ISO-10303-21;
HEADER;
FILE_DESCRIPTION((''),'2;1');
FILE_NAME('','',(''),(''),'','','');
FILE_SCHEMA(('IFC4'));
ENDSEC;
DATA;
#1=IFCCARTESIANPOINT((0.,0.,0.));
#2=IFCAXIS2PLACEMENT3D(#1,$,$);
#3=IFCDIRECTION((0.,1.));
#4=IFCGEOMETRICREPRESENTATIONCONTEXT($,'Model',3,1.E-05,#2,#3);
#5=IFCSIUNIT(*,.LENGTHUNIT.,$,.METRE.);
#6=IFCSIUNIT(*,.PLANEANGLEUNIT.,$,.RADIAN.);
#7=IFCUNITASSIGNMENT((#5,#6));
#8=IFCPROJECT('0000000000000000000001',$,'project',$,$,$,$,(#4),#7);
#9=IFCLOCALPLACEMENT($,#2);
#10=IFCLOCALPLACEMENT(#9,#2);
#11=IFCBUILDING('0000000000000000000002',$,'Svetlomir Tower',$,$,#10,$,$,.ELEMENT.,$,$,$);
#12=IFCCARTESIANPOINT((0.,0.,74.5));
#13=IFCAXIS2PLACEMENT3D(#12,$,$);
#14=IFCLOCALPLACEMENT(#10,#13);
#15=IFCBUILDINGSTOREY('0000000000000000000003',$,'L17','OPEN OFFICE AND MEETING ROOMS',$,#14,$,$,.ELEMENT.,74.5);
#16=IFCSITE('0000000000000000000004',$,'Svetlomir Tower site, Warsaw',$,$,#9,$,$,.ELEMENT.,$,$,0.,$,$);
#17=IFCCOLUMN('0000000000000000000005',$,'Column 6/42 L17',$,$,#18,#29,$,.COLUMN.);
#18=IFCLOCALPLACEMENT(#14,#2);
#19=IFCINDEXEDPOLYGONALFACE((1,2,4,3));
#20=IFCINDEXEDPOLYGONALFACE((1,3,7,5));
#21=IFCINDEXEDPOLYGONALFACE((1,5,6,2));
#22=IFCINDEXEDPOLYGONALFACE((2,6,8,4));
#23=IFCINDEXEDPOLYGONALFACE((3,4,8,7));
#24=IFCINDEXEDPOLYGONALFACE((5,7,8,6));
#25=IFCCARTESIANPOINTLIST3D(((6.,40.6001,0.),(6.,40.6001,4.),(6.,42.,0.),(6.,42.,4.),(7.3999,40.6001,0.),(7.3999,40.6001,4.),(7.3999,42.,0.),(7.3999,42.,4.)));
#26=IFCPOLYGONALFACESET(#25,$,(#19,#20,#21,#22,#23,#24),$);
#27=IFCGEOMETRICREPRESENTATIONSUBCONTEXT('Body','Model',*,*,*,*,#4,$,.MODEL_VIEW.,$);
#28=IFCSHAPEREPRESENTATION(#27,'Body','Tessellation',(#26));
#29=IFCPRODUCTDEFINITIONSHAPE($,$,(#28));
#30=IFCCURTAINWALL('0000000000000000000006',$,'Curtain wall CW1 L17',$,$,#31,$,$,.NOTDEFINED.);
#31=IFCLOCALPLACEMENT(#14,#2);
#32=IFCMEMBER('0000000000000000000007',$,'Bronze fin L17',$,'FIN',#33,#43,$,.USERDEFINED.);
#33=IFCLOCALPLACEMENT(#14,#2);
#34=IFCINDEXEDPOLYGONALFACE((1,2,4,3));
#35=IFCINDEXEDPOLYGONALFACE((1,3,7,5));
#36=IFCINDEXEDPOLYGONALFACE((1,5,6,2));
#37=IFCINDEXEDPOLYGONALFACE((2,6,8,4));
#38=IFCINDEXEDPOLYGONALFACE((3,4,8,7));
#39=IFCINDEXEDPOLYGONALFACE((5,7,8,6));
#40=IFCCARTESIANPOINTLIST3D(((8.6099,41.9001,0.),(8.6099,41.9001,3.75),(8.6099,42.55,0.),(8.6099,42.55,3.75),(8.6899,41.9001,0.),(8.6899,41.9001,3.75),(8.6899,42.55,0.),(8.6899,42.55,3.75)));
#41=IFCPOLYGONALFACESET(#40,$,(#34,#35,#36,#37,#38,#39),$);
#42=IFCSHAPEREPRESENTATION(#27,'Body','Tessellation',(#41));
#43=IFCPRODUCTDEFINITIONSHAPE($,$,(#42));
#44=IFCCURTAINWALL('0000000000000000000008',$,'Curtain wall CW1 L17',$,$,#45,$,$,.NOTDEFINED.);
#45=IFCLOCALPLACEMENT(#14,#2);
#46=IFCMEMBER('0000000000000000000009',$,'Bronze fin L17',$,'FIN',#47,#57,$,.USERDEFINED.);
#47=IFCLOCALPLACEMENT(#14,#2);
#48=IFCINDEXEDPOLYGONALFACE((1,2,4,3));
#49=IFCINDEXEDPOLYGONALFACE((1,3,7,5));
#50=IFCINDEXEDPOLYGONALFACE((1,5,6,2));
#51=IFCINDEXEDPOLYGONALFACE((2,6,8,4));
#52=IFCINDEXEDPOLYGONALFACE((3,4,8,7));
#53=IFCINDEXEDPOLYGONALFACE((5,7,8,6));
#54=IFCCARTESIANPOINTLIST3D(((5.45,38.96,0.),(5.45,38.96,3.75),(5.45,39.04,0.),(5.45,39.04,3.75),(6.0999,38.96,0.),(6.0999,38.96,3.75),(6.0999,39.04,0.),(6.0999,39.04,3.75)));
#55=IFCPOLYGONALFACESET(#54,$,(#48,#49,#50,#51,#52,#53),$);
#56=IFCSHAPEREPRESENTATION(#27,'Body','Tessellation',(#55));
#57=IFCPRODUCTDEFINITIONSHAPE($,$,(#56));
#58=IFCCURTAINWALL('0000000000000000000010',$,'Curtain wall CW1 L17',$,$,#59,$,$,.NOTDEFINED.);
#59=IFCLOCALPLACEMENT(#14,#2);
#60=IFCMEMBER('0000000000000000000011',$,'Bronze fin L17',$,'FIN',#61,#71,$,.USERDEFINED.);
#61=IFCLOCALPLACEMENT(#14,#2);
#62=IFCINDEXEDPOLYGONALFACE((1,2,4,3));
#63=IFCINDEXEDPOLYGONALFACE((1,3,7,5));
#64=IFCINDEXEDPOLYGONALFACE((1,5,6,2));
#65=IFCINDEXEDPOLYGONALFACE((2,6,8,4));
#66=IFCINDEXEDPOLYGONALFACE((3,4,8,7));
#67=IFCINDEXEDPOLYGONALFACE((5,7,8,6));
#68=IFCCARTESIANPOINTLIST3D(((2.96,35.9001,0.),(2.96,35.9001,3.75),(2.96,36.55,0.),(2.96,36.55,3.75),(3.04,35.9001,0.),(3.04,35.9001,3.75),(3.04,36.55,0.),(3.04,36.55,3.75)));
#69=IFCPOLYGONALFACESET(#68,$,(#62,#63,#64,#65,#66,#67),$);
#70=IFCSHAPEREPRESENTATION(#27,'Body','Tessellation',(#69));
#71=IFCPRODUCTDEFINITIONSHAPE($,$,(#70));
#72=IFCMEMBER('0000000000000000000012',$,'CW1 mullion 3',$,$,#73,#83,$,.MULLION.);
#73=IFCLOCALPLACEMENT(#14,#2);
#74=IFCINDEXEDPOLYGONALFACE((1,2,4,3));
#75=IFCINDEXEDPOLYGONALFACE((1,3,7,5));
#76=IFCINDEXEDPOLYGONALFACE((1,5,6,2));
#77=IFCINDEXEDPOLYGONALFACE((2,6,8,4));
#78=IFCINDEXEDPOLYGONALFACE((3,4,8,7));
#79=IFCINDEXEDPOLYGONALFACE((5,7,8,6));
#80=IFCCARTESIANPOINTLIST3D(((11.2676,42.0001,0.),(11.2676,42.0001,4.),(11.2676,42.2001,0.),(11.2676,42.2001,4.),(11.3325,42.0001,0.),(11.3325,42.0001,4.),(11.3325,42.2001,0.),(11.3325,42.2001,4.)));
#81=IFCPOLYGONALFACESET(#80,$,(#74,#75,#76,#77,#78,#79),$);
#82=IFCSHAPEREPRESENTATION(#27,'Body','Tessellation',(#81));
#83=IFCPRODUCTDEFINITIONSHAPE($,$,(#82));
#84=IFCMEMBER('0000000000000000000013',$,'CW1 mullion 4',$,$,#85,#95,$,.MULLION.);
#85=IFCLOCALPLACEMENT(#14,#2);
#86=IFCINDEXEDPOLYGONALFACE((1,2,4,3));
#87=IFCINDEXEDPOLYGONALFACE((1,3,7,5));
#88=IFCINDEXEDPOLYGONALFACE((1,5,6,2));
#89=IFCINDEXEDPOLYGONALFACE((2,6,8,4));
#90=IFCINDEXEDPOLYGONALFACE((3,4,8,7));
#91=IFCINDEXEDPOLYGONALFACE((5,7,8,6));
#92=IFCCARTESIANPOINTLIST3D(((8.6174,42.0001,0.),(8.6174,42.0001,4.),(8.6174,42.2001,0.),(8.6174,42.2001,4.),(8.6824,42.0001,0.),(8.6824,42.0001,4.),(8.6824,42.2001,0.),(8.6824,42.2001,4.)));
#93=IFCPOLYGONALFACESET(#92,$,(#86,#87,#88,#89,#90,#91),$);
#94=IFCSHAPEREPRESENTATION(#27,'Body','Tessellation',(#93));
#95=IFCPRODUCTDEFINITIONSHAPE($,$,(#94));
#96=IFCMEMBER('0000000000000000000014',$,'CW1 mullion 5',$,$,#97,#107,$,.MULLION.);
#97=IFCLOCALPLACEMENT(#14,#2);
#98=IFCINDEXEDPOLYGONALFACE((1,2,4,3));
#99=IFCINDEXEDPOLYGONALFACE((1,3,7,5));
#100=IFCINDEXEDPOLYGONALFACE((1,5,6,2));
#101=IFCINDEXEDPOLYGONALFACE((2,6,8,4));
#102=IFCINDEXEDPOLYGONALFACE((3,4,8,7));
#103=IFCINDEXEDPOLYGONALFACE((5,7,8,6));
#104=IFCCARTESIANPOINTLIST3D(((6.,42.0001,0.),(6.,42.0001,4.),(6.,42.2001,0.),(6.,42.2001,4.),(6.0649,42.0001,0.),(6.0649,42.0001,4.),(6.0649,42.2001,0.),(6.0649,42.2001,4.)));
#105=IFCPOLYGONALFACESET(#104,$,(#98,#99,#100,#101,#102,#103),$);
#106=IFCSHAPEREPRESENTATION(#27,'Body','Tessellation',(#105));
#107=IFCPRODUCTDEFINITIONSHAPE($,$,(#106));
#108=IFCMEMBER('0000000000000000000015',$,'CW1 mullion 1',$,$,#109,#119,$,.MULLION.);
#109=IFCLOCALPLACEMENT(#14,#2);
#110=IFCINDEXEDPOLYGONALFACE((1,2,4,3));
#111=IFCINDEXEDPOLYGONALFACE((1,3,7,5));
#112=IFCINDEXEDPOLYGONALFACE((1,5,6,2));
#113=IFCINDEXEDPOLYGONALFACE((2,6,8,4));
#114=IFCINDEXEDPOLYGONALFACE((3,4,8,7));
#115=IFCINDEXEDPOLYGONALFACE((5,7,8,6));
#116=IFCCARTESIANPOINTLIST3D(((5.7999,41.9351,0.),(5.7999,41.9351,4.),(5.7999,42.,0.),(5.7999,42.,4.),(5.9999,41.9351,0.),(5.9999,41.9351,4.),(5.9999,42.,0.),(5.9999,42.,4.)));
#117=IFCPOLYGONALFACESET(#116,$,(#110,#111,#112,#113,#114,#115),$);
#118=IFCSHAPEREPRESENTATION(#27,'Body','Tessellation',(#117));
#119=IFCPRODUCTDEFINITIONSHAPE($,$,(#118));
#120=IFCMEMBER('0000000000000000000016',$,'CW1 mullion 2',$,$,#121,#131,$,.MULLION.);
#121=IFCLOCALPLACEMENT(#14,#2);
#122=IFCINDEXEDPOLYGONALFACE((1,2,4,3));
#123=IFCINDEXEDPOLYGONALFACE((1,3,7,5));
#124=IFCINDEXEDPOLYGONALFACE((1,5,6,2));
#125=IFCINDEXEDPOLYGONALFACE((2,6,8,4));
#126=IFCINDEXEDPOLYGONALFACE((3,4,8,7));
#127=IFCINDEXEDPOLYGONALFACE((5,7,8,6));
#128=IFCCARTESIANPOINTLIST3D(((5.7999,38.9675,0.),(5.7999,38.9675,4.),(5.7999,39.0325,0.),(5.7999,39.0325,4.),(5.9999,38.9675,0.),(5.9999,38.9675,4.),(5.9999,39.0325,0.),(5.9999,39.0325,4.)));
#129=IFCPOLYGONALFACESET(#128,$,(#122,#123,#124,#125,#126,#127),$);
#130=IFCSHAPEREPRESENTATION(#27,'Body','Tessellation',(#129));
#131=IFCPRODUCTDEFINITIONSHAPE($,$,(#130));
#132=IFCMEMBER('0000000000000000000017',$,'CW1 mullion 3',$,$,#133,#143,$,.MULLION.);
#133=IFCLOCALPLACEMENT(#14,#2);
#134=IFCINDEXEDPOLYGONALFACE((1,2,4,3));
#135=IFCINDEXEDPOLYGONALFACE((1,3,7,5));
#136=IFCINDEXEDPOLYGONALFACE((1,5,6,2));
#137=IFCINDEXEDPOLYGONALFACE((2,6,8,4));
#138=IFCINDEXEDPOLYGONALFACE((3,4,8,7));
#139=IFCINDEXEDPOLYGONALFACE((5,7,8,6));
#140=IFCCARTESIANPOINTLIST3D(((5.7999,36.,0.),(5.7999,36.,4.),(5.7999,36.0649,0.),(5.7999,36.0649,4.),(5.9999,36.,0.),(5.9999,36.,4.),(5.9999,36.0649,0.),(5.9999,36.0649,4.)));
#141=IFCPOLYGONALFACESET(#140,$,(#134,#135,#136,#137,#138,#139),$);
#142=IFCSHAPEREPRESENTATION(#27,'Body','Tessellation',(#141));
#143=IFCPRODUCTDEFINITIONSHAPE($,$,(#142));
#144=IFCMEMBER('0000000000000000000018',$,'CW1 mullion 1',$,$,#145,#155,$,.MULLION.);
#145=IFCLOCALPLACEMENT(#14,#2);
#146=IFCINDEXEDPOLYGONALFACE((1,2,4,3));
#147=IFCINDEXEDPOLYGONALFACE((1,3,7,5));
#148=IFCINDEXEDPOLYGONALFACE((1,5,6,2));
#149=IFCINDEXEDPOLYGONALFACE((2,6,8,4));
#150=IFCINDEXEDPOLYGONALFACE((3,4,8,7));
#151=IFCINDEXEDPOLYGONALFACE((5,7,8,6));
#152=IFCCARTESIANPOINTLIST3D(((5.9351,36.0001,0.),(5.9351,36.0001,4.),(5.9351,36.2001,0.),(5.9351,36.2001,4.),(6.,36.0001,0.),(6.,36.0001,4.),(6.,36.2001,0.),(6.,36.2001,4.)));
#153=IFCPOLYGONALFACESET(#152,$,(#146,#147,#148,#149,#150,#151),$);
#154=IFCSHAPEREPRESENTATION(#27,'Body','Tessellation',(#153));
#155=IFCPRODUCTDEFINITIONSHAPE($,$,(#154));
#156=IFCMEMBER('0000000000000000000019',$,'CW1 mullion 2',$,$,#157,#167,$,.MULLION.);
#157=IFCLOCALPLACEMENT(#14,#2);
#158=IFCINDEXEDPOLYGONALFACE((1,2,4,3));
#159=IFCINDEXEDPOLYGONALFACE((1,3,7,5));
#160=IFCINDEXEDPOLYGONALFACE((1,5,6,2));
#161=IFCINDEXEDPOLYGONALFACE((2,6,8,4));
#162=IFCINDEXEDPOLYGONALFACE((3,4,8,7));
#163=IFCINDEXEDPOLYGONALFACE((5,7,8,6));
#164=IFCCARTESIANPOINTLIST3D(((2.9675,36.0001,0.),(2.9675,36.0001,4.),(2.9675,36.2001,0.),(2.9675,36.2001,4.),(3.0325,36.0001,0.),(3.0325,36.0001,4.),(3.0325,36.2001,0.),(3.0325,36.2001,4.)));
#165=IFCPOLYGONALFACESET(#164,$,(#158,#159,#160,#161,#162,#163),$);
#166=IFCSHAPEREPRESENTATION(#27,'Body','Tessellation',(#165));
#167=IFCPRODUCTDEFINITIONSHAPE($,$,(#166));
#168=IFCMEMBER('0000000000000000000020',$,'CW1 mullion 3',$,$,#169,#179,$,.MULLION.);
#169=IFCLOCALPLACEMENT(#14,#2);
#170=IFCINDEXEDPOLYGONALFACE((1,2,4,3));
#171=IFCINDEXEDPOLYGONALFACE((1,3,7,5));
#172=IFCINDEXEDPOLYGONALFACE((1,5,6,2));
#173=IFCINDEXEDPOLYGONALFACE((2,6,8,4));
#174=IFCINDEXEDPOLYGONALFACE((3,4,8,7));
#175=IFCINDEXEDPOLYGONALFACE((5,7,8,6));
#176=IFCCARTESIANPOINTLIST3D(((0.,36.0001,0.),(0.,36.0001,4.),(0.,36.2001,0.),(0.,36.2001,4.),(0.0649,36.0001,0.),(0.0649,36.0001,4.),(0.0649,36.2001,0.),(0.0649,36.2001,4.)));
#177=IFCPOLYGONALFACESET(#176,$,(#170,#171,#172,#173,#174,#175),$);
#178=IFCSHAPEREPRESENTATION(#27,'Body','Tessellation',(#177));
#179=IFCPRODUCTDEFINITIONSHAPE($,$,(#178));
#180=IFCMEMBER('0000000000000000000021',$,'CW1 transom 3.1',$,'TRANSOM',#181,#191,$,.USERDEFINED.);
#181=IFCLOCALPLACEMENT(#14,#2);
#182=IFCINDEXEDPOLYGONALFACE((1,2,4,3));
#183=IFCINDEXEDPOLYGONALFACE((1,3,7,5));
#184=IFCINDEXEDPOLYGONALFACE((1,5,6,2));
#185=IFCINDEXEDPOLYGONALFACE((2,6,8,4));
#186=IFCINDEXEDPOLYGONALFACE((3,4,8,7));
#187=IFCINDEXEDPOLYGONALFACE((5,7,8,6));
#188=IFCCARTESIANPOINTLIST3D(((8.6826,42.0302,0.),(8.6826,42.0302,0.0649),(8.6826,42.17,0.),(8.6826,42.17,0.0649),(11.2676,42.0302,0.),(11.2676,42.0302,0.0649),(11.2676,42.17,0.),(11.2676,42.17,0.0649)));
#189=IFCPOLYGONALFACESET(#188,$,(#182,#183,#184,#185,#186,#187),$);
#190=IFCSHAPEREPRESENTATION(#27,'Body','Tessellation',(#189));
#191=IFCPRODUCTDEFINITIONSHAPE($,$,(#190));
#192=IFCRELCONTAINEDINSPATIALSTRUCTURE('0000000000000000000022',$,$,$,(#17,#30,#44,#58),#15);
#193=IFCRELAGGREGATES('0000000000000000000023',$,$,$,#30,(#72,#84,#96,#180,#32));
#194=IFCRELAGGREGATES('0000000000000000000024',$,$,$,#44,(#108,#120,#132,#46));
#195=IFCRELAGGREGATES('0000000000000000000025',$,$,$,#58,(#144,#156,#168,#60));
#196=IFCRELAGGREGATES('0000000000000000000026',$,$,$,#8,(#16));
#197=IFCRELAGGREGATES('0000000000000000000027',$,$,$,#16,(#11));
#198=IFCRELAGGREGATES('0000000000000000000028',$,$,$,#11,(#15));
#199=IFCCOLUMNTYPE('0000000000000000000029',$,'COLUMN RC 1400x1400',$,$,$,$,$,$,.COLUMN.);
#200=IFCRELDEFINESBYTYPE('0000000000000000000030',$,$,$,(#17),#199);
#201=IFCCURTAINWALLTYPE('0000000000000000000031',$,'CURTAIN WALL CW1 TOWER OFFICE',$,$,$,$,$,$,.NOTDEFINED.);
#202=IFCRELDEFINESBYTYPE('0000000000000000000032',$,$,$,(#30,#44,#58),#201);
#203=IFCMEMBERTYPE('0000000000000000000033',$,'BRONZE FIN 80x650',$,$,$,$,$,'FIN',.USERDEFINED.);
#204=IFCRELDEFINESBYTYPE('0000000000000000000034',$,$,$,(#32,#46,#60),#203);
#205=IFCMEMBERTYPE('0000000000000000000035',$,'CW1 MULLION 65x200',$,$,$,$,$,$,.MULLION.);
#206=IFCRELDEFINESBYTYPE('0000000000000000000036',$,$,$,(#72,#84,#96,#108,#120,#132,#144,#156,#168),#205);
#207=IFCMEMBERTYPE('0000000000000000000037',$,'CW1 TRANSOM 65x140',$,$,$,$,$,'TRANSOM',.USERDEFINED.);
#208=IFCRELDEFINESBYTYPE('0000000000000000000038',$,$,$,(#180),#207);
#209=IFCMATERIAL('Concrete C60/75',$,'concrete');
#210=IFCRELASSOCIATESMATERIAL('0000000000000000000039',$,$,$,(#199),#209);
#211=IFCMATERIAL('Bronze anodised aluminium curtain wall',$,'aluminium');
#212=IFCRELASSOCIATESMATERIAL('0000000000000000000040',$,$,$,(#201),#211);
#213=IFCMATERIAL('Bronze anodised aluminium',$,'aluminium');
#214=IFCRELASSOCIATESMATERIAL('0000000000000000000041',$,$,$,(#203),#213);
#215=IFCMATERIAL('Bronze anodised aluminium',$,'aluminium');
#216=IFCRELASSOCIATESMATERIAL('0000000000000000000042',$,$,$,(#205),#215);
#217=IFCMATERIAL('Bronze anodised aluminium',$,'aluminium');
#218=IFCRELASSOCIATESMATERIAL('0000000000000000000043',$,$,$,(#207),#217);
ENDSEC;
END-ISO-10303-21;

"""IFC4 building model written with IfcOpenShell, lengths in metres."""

from ifc_helpers import new_model, si_unit, direction, frame, origin, origin_2d, place, context, subcontext, project, spatial, rectangle, extrude, material, material_profile, profile_set, type_object, element, aggregate, save


model = new_model("IFC4")

# Units and contexts
model_context = context("Model", 3, precision=1e-05, world=origin(), true_north=direction((0.0, 1.0)))
body_context = subcontext(model_context, "Body", "Model", "MODEL_VIEW")
ifc_project = project(units=[si_unit("LENGTHUNIT", "METRE"), si_unit("PLANEANGLEUNIT", "RADIAN")], contexts=[model_context])

# Site, building, storey
site_placement = place(None, origin())
site = spatial("IfcSite", under=ifc_project, at=site_placement, Name="Svetlomir Tower site, Warsaw", CompositionType="ELEMENT", RefElevation=0.0)
building_placement = place(site_placement, origin())
building = spatial("IfcBuilding", under=site, at=building_placement, Name="Svetlomir Tower", CompositionType="ELEMENT")
storey_placement = place(building_placement, frame((0.0, 0.0, 74.5)))
storey = spatial("IfcBuildingStorey", under=building, at=storey_placement, Name="L17", Description="OPEN OFFICE AND MEETING ROOMS", CompositionType="ELEMENT", Elevation=74.5)

# Column
ifc_material_1 = material(Name="Concrete C60/75", Category="concrete")
ifc_material_profile_1 = material_profile(ifc_material_1, rectangle(XDim=1.3999, YDim=1.3999, at=origin_2d()), Name="RC 1400x1400")
ifc_profile_set_1 = profile_set([ifc_material_profile_1], Name="Concrete C60/75")
column_type = type_object("IfcColumnType", Name="COLUMN RC 1400x1400", PredefinedType="COLUMN", material=ifc_profile_set_1)
column_placement = place(storey_placement, frame((6.7, 41.3, 0.0), z_axis=(0.0, 0.0, 1.0), x_axis=(1.0, 0.0, 0.0)))
element("IfcColumn", 1, at=column_placement, inside=storey, type_object=column_type, Name="Column 6/42 L17", PredefinedType="COLUMN", context=body_context, shape_type="SweptSolid", body=[
    extrude(rectangle(XDim=1.3999, YDim=1.3999, at=origin_2d()), origin(), (0.0, 0.0, 1.0), 4.0),
])

# Curtain walls, members
ifc_material_2 = material(Name="Bronze anodised aluminium curtain wall", Category="aluminium")
curtain_wall_type = type_object("IfcCurtainWallType", Name="CURTAIN WALL CW1 TOWER OFFICE", PredefinedType="NOTDEFINED", material=ifc_material_2)
curtain_wall_1_placement = place(storey_placement, origin())
curtain_wall_1 = element("IfcCurtainWall", 2, at=curtain_wall_1_placement, inside=storey, type_object=curtain_wall_type, Name="Curtain wall CW1 L17", PredefinedType="NOTDEFINED")
ifc_material_3 = material(Name="Bronze anodised aluminium", Category="aluminium")
ifc_material_profile_2 = material_profile(ifc_material_3, rectangle(XDim=0.0801, YDim=0.6499, at=origin_2d()), Name="FIN 80x650")
ifc_profile_set_2 = profile_set([ifc_material_profile_2], Name="Bronze anodised aluminium 6063-T6")
member_type_1 = type_object("IfcMemberType", Name="BRONZE FIN 80x650", ElementType="FIN", PredefinedType="USERDEFINED", material=ifc_profile_set_2)
member_1_placement = place(storey_placement, frame((8.6499, 42.2251, 0.0), z_axis=(0.0, 0.0, 1.0), x_axis=(1.0, 0.0, 0.0)))
member_1 = element("IfcMember", 3, at=member_1_placement, type_object=member_type_1, Name="Bronze fin L17", ObjectType="FIN", PredefinedType="USERDEFINED", context=body_context, shape_type="SweptSolid", body=[
    extrude(rectangle(XDim=0.0801, YDim=0.6499, at=origin_2d()), origin(), (0.0, 0.0, 1.0), 3.75),
])
curtain_wall_2_placement = place(storey_placement, origin())
curtain_wall_2 = element("IfcCurtainWall", 4, at=curtain_wall_2_placement, inside=storey, type_object=curtain_wall_type, Name="Curtain wall CW1 L17", PredefinedType="NOTDEFINED")
member_2_placement = place(storey_placement, frame((5.7749, 39.0, 0.0), z_axis=(0.0, 0.0, 1.0), x_axis=(0.0, 1.0, 0.0)))
member_2 = element("IfcMember", 5, at=member_2_placement, type_object=member_type_1, Name="Bronze fin L17", ObjectType="FIN", PredefinedType="USERDEFINED", context=body_context, shape_type="SweptSolid", body=[
    extrude(rectangle(XDim=0.0801, YDim=0.6499, at=origin_2d()), origin(), (0.0, 0.0, 1.0), 3.75),
])
curtain_wall_3_placement = place(storey_placement, origin())
curtain_wall_3 = element("IfcCurtainWall", 6, at=curtain_wall_3_placement, inside=storey, type_object=curtain_wall_type, Name="Curtain wall CW1 L17", PredefinedType="NOTDEFINED")
member_3_placement = place(storey_placement, frame((3.0, 36.2251, 0.0), z_axis=(0.0, 0.0, 1.0), x_axis=(1.0, 0.0, 0.0)))
member_3 = element("IfcMember", 7, at=member_3_placement, type_object=member_type_1, Name="Bronze fin L17", ObjectType="FIN", PredefinedType="USERDEFINED", context=body_context, shape_type="SweptSolid", body=[
    extrude(rectangle(XDim=0.0801, YDim=0.6499, at=origin_2d()), origin(), (0.0, 0.0, 1.0), 3.75),
])

# Members
ifc_material_4 = material(Name="Bronze anodised aluminium", Category="aluminium")
ifc_material_profile_3 = material_profile(ifc_material_4, rectangle(XDim=0.0649, YDim=0.2, at=origin_2d()), Name="AL 65x200")
ifc_profile_set_3 = profile_set([ifc_material_profile_3], Name="Bronze anodised aluminium 6063-T6")
member_type_2 = type_object("IfcMemberType", Name="CW1 MULLION 65x200", PredefinedType="MULLION", material=ifc_profile_set_3)
member_4_placement = place(storey_placement, frame((11.3, 42.1001, 0.0), z_axis=(0.0, 0.0, 1.0), x_axis=(-1.0, 0.0, 0.0)))
member_4 = element("IfcMember", 8, at=member_4_placement, type_object=member_type_2, Name="CW1 mullion 3", PredefinedType="MULLION", context=body_context, shape_type="SweptSolid", body=[
    extrude(rectangle(XDim=0.0649, YDim=0.2, at=origin_2d()), origin(), (0.0, 0.0, 1.0), 4.0),
])
member_5_placement = place(storey_placement, frame((8.6499, 42.1001, 0.0), z_axis=(0.0, 0.0, 1.0), x_axis=(-1.0, 0.0, 0.0)))
member_5 = element("IfcMember", 9, at=member_5_placement, type_object=member_type_2, Name="CW1 mullion 4", PredefinedType="MULLION", context=body_context, shape_type="SweptSolid", body=[
    extrude(rectangle(XDim=0.0649, YDim=0.2, at=origin_2d()), origin(), (0.0, 0.0, 1.0), 4.0),
])
member_6_placement = place(storey_placement, frame((6.0325, 42.1001, 0.0), z_axis=(0.0, 0.0, 1.0), x_axis=(-1.0, 0.0, 0.0)))
member_6 = element("IfcMember", 10, at=member_6_placement, type_object=member_type_2, Name="CW1 mullion 5", PredefinedType="MULLION", context=body_context, shape_type="SweptSolid", body=[
    extrude(rectangle(XDim=0.0649, YDim=0.2, at=origin_2d()), origin(), (0.0, 0.0, 1.0), 4.0),
])
member_7_placement = place(storey_placement, frame((5.8999, 41.9675, 0.0), z_axis=(0.0, 0.0, 1.0), x_axis=(0.0, -1.0, 0.0)))
member_7 = element("IfcMember", 11, at=member_7_placement, type_object=member_type_2, Name="CW1 mullion 1", PredefinedType="MULLION", context=body_context, shape_type="SweptSolid", body=[
    extrude(rectangle(XDim=0.0649, YDim=0.2, at=origin_2d()), origin(), (0.0, 0.0, 1.0), 4.0),
])
member_8_placement = place(storey_placement, frame((5.8999, 39.0, 0.0), z_axis=(0.0, 0.0, 1.0), x_axis=(0.0, -1.0, 0.0)))
member_8 = element("IfcMember", 12, at=member_8_placement, type_object=member_type_2, Name="CW1 mullion 2", PredefinedType="MULLION", context=body_context, shape_type="SweptSolid", body=[
    extrude(rectangle(XDim=0.0649, YDim=0.2, at=origin_2d()), origin(), (0.0, 0.0, 1.0), 4.0),
])
member_9_placement = place(storey_placement, frame((5.8999, 36.0325, 0.0), z_axis=(0.0, 0.0, 1.0), x_axis=(0.0, -1.0, 0.0)))
member_9 = element("IfcMember", 13, at=member_9_placement, type_object=member_type_2, Name="CW1 mullion 3", PredefinedType="MULLION", context=body_context, shape_type="SweptSolid", body=[
    extrude(rectangle(XDim=0.0649, YDim=0.2, at=origin_2d()), origin(), (0.0, 0.0, 1.0), 4.0),
])
member_10_placement = place(storey_placement, frame((5.9675, 36.1001, 0.0), z_axis=(0.0, 0.0, 1.0), x_axis=(-1.0, 0.0, 0.0)))
member_10 = element("IfcMember", 14, at=member_10_placement, type_object=member_type_2, Name="CW1 mullion 1", PredefinedType="MULLION", context=body_context, shape_type="SweptSolid", body=[
    extrude(rectangle(XDim=0.0649, YDim=0.2, at=origin_2d()), origin(), (0.0, 0.0, 1.0), 4.0),
])
member_11_placement = place(storey_placement, frame((3.0, 36.1001, 0.0), z_axis=(0.0, 0.0, 1.0), x_axis=(-1.0, 0.0, 0.0)))
member_11 = element("IfcMember", 15, at=member_11_placement, type_object=member_type_2, Name="CW1 mullion 2", PredefinedType="MULLION", context=body_context, shape_type="SweptSolid", body=[
    extrude(rectangle(XDim=0.0649, YDim=0.2, at=origin_2d()), origin(), (0.0, 0.0, 1.0), 4.0),
])
member_12_placement = place(storey_placement, frame((0.0325, 36.1001, 0.0), z_axis=(0.0, 0.0, 1.0), x_axis=(-1.0, 0.0, 0.0)))
member_12 = element("IfcMember", 16, at=member_12_placement, type_object=member_type_2, Name="CW1 mullion 3", PredefinedType="MULLION", context=body_context, shape_type="SweptSolid", body=[
    extrude(rectangle(XDim=0.0649, YDim=0.2, at=origin_2d()), origin(), (0.0, 0.0, 1.0), 4.0),
])
ifc_material_5 = material(Name="Bronze anodised aluminium", Category="aluminium")
ifc_material_profile_4 = material_profile(ifc_material_5, rectangle(XDim=0.1399, YDim=0.0649, at=origin_2d()), Name="AL 140x65")
ifc_profile_set_4 = profile_set([ifc_material_profile_4], Name="Bronze anodised aluminium 6063-T6")
member_type_3 = type_object("IfcMemberType", Name="CW1 TRANSOM 65x140", ElementType="TRANSOM", PredefinedType="USERDEFINED", material=ifc_profile_set_4)
member_13_placement = place(storey_placement, frame((11.2676, 42.1001, 0.0325), z_axis=(-1.0, 0.0, 0.0), x_axis=(0.0, -1.0, 0.0)))
member_13 = element("IfcMember", 17, at=member_13_placement, type_object=member_type_3, Name="CW1 transom 3.1", ObjectType="TRANSOM", PredefinedType="USERDEFINED", context=body_context, shape_type="SweptSolid", body=[
    extrude(rectangle(XDim=0.1399, YDim=0.0649, at=origin_2d()), origin(), (0.0, 0.0, 1.0), 2.585),
])

aggregate(curtain_wall_1, [member_4, member_5, member_6, member_13, member_1])
aggregate(curtain_wall_2, [member_7, member_8, member_9, member_2])
aggregate(curtain_wall_3, [member_10, member_11, member_12, member_3])

save(model, "model.ifc")
